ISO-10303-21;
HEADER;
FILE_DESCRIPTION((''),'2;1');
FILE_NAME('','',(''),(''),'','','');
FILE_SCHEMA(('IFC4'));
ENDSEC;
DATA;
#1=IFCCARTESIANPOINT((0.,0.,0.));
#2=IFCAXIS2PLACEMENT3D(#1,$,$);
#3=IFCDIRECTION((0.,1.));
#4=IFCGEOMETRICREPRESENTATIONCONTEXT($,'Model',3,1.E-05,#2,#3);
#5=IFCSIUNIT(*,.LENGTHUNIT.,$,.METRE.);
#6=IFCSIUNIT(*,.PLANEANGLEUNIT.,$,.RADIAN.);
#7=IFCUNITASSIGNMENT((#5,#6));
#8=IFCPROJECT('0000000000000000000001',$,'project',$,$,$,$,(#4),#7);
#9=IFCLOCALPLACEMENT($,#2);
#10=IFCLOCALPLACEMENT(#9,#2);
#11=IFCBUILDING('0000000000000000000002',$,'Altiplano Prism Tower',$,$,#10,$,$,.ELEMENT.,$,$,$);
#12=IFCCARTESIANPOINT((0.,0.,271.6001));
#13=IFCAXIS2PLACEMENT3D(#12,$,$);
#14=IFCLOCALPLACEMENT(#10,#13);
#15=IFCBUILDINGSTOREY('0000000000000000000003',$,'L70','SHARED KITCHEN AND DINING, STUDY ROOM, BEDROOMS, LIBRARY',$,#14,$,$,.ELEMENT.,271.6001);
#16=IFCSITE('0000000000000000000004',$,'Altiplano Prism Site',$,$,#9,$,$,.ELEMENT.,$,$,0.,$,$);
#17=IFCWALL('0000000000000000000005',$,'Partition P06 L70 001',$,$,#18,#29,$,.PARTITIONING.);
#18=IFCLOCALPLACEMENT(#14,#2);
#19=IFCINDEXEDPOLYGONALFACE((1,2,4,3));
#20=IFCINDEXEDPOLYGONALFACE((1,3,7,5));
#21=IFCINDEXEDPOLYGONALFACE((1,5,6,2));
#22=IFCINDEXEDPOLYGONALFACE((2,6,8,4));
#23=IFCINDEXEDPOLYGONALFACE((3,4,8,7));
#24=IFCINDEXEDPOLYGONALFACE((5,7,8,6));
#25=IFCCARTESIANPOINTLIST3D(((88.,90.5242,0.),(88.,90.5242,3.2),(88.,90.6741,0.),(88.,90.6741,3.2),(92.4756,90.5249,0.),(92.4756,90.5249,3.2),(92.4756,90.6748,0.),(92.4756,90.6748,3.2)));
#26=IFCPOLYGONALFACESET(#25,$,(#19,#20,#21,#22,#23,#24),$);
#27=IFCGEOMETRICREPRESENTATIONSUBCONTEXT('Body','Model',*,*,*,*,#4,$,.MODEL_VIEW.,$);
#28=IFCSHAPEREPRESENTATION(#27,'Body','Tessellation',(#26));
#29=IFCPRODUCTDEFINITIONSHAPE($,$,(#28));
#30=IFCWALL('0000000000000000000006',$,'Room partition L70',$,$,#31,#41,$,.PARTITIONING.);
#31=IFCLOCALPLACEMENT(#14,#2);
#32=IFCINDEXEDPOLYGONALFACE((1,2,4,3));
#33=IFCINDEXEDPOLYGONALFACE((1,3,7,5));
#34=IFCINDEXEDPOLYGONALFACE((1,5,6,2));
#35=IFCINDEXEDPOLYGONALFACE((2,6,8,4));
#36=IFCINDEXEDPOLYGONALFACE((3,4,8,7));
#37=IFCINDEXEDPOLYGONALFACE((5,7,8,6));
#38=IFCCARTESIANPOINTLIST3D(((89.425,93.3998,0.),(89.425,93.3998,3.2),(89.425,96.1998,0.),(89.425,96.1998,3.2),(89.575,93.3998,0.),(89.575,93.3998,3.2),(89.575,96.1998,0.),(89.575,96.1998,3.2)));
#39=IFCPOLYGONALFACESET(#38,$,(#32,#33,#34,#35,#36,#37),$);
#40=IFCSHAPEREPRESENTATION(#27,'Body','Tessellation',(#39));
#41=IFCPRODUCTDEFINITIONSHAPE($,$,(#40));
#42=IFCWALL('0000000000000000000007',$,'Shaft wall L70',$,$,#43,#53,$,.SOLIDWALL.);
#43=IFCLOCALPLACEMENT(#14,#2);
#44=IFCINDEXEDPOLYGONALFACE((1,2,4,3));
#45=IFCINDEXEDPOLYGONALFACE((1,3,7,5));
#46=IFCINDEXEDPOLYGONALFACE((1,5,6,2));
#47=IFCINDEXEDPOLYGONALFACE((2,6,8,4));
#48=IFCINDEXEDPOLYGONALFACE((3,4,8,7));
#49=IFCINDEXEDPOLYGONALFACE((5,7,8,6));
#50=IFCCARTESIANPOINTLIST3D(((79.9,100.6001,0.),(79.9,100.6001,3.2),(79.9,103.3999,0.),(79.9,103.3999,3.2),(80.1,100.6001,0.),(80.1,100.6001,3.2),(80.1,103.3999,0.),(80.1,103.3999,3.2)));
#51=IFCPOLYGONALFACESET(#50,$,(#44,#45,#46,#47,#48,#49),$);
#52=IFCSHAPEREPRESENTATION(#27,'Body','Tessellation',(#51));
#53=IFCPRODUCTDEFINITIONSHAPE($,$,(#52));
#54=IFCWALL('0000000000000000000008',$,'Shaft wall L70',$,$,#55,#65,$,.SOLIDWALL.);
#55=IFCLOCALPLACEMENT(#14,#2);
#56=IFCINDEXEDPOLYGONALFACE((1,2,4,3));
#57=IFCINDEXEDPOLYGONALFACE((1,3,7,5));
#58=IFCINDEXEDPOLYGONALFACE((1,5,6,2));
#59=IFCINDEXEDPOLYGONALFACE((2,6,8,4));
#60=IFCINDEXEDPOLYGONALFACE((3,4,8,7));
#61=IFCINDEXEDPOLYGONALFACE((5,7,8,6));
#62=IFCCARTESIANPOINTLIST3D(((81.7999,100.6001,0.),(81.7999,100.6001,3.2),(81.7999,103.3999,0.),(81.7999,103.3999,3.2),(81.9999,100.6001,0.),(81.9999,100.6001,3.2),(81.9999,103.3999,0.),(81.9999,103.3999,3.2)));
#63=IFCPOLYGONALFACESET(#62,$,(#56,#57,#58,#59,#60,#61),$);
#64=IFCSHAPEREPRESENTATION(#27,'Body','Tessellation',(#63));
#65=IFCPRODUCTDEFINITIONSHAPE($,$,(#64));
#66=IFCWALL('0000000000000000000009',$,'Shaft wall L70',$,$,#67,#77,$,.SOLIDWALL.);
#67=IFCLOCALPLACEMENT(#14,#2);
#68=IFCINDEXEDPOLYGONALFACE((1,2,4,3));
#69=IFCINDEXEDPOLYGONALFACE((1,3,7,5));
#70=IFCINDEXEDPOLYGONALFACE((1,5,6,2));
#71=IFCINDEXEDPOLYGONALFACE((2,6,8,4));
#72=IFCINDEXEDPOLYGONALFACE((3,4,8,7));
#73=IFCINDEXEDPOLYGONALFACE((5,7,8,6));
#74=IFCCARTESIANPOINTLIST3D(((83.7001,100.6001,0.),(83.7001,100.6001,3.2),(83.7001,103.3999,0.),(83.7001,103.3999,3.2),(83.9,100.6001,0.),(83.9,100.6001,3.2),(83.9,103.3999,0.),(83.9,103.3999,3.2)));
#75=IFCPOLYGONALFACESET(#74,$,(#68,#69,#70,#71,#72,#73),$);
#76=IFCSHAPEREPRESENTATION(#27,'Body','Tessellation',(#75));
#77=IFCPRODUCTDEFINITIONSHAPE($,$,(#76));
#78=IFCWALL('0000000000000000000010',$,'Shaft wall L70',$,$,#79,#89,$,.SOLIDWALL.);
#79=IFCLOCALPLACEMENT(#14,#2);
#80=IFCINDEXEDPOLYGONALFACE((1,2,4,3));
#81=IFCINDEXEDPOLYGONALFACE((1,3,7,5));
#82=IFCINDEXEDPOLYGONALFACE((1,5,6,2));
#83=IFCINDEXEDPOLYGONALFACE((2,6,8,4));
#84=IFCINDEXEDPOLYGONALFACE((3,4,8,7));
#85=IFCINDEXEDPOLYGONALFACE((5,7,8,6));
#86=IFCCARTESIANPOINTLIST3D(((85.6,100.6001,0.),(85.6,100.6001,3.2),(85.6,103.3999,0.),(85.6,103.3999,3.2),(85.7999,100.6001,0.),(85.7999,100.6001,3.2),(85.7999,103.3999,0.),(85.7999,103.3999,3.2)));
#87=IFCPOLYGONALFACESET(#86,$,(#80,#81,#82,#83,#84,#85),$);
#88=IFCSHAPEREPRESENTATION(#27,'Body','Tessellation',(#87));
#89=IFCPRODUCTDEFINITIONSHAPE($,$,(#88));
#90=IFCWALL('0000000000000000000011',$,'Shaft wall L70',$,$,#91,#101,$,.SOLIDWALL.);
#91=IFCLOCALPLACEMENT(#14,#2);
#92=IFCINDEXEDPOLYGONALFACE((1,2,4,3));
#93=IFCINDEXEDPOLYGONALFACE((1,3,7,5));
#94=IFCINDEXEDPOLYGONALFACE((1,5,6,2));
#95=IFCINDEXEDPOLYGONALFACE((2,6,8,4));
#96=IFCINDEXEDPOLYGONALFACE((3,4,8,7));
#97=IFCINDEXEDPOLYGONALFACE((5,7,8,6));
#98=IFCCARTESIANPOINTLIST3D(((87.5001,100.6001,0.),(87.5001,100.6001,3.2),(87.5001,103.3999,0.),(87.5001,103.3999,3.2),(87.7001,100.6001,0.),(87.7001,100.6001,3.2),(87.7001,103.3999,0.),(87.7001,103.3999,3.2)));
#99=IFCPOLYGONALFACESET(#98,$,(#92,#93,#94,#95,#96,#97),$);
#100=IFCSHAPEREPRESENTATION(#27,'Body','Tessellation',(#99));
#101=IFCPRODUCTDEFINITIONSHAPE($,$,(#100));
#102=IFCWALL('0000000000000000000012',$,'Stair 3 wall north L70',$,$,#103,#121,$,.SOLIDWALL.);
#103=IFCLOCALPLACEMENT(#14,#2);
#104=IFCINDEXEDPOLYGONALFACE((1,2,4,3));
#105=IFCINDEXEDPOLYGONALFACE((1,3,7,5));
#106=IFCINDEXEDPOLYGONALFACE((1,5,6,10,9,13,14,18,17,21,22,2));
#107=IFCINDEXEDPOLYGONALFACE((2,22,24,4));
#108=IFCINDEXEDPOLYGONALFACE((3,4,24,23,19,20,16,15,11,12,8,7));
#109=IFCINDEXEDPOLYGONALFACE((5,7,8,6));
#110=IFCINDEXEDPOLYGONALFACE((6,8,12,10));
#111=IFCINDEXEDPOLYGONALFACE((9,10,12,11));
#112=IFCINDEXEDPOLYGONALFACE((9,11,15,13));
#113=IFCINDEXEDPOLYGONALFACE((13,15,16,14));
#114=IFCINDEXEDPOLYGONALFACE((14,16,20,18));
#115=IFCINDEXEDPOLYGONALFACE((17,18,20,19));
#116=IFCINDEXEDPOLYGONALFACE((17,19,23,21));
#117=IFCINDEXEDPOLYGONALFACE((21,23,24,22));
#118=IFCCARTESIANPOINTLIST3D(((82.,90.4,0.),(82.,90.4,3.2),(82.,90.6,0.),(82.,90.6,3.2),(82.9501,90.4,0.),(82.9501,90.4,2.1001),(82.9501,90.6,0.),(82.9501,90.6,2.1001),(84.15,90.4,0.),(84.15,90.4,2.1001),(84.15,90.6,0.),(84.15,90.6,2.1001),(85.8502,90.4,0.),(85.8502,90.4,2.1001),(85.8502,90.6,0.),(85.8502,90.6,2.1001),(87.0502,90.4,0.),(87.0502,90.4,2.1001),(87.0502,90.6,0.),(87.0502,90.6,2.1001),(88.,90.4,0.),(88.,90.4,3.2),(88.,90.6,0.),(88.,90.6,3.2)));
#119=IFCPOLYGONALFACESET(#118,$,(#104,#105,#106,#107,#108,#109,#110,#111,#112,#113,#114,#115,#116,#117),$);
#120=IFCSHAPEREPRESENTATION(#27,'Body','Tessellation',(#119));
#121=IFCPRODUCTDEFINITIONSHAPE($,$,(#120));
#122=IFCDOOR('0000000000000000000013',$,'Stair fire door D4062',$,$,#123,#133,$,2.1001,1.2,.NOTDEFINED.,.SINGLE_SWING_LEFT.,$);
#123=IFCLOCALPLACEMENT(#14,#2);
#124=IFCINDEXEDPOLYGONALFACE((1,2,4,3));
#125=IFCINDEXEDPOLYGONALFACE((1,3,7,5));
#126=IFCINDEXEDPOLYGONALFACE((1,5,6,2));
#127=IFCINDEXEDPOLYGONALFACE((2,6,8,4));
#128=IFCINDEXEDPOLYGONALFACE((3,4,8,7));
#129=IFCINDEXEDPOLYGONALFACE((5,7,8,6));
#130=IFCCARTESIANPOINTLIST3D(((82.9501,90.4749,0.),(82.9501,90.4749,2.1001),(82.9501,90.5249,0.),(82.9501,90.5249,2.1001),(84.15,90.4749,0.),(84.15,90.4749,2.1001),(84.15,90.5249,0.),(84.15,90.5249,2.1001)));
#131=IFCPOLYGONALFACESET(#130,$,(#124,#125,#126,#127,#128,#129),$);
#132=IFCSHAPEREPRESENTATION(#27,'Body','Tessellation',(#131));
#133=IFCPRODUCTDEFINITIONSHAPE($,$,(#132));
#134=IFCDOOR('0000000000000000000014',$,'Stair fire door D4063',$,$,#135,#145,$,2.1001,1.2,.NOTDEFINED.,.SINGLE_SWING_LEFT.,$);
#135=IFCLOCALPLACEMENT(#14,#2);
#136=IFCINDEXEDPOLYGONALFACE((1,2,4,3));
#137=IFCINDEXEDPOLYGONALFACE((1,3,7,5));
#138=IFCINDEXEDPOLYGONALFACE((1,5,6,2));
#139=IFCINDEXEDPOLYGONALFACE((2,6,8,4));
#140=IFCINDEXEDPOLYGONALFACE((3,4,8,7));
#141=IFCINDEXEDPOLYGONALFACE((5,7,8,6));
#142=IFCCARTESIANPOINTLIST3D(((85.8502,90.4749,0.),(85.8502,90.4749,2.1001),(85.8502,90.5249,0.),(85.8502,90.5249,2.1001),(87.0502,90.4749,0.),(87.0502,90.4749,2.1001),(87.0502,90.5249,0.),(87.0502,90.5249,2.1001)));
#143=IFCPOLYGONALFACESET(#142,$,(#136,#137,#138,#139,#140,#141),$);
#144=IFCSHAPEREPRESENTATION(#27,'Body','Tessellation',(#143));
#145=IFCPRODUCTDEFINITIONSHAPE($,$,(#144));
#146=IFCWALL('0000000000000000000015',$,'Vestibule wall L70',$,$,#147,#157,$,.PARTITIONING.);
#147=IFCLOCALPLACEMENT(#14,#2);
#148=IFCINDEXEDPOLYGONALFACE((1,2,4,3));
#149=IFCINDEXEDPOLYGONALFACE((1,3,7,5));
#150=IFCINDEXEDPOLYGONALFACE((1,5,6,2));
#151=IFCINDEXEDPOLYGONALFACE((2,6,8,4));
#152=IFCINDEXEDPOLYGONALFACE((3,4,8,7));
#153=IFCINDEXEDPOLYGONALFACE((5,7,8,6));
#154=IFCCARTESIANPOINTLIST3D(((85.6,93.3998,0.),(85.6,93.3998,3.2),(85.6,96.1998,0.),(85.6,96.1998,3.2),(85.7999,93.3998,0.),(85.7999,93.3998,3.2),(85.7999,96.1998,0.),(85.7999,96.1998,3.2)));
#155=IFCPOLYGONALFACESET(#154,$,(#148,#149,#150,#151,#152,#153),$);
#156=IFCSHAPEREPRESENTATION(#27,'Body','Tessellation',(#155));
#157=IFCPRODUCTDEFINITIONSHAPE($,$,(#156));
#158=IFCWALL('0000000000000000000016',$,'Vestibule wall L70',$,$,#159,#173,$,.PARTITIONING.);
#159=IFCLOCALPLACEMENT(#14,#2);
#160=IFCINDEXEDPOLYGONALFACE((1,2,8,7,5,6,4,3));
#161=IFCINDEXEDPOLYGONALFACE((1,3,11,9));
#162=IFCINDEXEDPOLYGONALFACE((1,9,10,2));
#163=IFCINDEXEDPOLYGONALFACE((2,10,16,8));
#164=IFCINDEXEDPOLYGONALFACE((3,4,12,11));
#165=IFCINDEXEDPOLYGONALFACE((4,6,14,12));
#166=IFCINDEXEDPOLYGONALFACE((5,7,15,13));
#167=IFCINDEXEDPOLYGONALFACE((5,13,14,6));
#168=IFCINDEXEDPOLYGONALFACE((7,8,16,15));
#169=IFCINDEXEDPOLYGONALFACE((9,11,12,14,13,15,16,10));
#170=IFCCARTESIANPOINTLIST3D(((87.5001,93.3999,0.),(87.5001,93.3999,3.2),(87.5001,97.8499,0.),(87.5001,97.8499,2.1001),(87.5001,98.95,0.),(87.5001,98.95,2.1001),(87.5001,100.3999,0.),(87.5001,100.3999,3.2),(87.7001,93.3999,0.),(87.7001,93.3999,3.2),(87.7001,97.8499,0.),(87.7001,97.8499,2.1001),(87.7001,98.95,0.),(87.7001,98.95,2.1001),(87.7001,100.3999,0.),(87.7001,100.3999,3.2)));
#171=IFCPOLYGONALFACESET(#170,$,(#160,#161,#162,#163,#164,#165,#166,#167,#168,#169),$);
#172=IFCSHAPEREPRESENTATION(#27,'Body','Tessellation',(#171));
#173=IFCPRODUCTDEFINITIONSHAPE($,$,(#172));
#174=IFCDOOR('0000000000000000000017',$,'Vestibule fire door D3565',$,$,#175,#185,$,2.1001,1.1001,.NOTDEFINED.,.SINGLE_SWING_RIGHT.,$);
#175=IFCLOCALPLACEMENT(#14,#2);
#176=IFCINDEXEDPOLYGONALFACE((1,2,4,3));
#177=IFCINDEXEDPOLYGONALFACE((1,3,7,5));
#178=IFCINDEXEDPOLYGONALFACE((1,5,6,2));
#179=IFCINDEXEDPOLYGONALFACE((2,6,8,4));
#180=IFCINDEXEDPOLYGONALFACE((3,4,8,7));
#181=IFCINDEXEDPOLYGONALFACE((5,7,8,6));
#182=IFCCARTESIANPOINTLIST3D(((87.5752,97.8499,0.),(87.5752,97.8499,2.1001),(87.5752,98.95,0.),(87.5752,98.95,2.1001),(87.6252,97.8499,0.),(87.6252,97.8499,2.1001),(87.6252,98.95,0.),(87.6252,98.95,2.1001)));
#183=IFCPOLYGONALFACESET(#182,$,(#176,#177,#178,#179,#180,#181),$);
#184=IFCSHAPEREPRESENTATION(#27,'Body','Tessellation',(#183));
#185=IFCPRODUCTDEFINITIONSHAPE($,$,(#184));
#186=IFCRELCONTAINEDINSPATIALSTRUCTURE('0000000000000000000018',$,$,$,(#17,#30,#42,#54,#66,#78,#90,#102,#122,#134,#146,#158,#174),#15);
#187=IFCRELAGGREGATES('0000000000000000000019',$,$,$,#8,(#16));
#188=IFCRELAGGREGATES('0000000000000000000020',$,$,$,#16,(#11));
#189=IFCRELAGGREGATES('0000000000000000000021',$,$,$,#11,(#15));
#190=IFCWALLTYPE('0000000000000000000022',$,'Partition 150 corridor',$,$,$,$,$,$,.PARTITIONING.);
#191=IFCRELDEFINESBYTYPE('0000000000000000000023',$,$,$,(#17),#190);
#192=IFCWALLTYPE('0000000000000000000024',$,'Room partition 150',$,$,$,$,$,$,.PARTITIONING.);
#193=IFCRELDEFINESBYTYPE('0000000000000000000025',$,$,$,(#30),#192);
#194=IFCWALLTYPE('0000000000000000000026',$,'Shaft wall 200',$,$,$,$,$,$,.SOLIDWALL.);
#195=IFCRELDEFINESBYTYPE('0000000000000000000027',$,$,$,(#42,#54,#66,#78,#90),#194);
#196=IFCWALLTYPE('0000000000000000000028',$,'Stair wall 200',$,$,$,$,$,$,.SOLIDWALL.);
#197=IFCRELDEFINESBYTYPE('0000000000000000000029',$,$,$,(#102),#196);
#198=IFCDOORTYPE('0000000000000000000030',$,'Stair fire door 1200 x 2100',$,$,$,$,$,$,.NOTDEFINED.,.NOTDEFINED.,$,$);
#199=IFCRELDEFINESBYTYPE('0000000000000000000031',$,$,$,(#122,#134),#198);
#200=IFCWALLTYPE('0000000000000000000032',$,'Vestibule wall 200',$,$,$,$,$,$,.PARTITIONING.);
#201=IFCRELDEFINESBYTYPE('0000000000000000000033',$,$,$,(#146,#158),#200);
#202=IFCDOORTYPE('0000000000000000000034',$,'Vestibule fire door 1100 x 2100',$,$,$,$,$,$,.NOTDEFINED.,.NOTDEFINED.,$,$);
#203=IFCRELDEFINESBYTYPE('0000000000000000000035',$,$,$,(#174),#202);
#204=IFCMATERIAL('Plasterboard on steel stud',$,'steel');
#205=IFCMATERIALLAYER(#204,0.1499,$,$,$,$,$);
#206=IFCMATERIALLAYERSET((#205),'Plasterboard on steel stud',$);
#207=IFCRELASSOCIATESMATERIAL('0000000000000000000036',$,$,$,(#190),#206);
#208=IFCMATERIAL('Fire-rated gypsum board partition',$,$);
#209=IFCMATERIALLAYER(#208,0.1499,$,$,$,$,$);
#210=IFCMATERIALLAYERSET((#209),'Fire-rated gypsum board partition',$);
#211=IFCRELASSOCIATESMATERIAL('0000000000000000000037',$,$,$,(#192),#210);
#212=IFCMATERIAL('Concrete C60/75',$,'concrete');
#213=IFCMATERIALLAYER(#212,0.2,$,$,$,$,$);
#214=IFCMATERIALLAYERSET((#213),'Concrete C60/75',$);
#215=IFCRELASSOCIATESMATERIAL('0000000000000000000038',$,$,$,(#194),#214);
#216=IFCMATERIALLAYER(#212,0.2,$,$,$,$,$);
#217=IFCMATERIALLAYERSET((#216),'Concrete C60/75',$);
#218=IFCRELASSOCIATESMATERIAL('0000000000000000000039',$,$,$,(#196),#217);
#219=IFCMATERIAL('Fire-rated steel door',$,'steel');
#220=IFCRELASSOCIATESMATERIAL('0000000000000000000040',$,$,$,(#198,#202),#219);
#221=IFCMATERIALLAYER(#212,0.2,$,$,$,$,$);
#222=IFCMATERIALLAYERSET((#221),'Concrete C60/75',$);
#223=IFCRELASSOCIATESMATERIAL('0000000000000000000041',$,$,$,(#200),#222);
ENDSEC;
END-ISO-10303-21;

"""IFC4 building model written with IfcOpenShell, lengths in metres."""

from ifc_helpers import new_model, si_unit, direction, frame, frame_2d, origin, place, context, subcontext, project, spatial, rectangle, extrude, material, layer, layer_set, type_object, element, fill, save


model = new_model("IFC4")

# Units and contexts
model_context = context("Model", 3, precision=1e-05, world=origin(), true_north=direction((0.0, 1.0)))
body_context = subcontext(model_context, "Body", "Model", "MODEL_VIEW")
ifc_project = project(units=[si_unit("LENGTHUNIT", "METRE"), si_unit("PLANEANGLEUNIT", "RADIAN")], contexts=[model_context])

# Site, building, storey
site_placement = place(None, origin())
site = spatial("IfcSite", under=ifc_project, at=site_placement, Name="Altiplano Prism Site", CompositionType="ELEMENT", RefElevation=0.0)
building_placement = place(site_placement, origin())
building = spatial("IfcBuilding", under=site, at=building_placement, Name="Altiplano Prism Tower", CompositionType="ELEMENT")
storey_placement = place(building_placement, frame((0.0, 0.0, 271.6001)))
storey = spatial("IfcBuildingStorey", under=building, at=storey_placement, Name="L70", Description="SHARED KITCHEN AND DINING, STUDY ROOM, BEDROOMS, LIBRARY", CompositionType="ELEMENT", Elevation=271.6001)

# Walls
ifc_material_1 = material(Name="Plasterboard on steel stud", Category="steel")
ifc_layer_1 = layer(ifc_material_1, 0.1499)
ifc_layer_set_1 = layer_set([ifc_layer_1], Name="Plasterboard on steel stud")
wall_type_1 = type_object("IfcWallType", Name="Partition 150 corridor", PredefinedType="PARTITIONING", material=ifc_layer_set_1)
wall_1_placement = place(storey_placement, frame((88.0, 90.5991, 0.0), z_axis=(0.0, 0.0, 1.0), x_axis=(1.0, 0.000164, 0.0)))
element("IfcWall", 1, at=wall_1_placement, inside=storey, type_object=wall_type_1, Name="Partition P06 L70 001", PredefinedType="PARTITIONING", context=body_context, shape_type="SweptSolid", body=[
    extrude(rectangle(XDim=4.4756, YDim=0.1499, at=frame_2d((2.2378, 0.0))), origin(), (0.0, 0.0, 1.0), 3.2),
])
ifc_material_2 = material(Name="Fire-rated gypsum board partition")
ifc_layer_2 = layer(ifc_material_2, 0.1499)
ifc_layer_set_2 = layer_set([ifc_layer_2], Name="Fire-rated gypsum board partition")
wall_type_2 = type_object("IfcWallType", Name="Room partition 150", PredefinedType="PARTITIONING", material=ifc_layer_set_2)
wall_2_placement = place(storey_placement, frame((89.5, 93.3999, 0.0), z_axis=(0.0, 0.0, 1.0), x_axis=(0.0, 1.0, 0.0)))
element("IfcWall", 2, at=wall_2_placement, inside=storey, type_object=wall_type_2, Name="Room partition L70", PredefinedType="PARTITIONING", context=body_context, shape_type="SweptSolid", body=[
    extrude(rectangle(XDim=2.8, YDim=0.1499, at=frame_2d((1.3999, 0.0))), origin(), (0.0, 0.0, 1.0), 3.2),
])
ifc_material_3 = material(Name="Concrete C60/75", Category="concrete")
ifc_layer_3 = layer(ifc_material_3, 0.2)
ifc_layer_set_3 = layer_set([ifc_layer_3], Name="Concrete C60/75")
wall_type_3 = type_object("IfcWallType", Name="Shaft wall 200", PredefinedType="SOLIDWALL", material=ifc_layer_set_3)
for number, where, z_axis, x_axis, name in (
    (3, (80.0, 100.6001, 0.0), (0.0, 0.0, 1.0), (0.0, 1.0, 0.0), "Shaft wall L70"),
    (4, (81.8999, 100.6001, 0.0), (0.0, 0.0, 1.0), (0.0, 1.0, 0.0), "Shaft wall L70"),
    (5, (83.8, 100.6001, 0.0), (0.0, 0.0, 1.0), (0.0, 1.0, 0.0), "Shaft wall L70"),
    (6, (85.7, 100.6001, 0.0), (0.0, 0.0, 1.0), (0.0, 1.0, 0.0), "Shaft wall L70"),
    (7, (87.6001, 100.6001, 0.0), (0.0, 0.0, 1.0), (0.0, 1.0, 0.0), "Shaft wall L70"),
):
    element("IfcWall", number, at=place(storey_placement, frame(where, z_axis=z_axis, x_axis=x_axis)), inside=storey, type_object=wall_type_3, Name=name, PredefinedType="SOLIDWALL", context=body_context, shape_type="SweptSolid", body=[
        extrude(rectangle(XDim=2.7998, YDim=0.2, at=frame_2d((1.3999, 0.0))), origin(), (0.0, 0.0, 1.0), 3.2),
    ])

# Wall, openings, doors
ifc_layer_4 = layer(ifc_material_3, 0.2)
ifc_layer_set_4 = layer_set([ifc_layer_4], Name="Concrete C60/75")
wall_type_4 = type_object("IfcWallType", Name="Stair wall 200", PredefinedType="SOLIDWALL", material=ifc_layer_set_4)
wall_3_placement = place(storey_placement, frame((82.0, 90.5, 0.0), z_axis=(0.0, 0.0, 1.0), x_axis=(1.0, 0.0, 0.0)))
wall_3 = element("IfcWall", 8, at=wall_3_placement, inside=storey, type_object=wall_type_4, Name="Stair 3 wall north L70", PredefinedType="SOLIDWALL", context=body_context, shape_type="SweptSolid", body=[
    extrude(rectangle(XDim=6.0, YDim=0.2, at=frame_2d((3.0, 0.0))), origin(), (0.0, 0.0, 1.0), 3.2),
])
opening_1_placement = place(wall_3_placement, frame((0.95, 0.0, 0.0)))
opening_1 = element("IfcOpeningElement", 9, at=opening_1_placement, cuts=wall_3, PredefinedType="OPENING", context=body_context, shape_type="SweptSolid", body=[
    extrude(rectangle(XDim=1.2, YDim=2.1001, at=frame_2d((0.6001, 1.05))), frame((0.0, 0.1104, 0.0), z_axis=(0.0, -1.0, 0.0), x_axis=(1.0, 0.0, 0.0)), (0.0, 0.0, 1.0), 0.2209),
])
opening_2_placement = place(wall_3_placement, frame((3.8501, 0.0, 0.0)))
opening_2 = element("IfcOpeningElement", 10, at=opening_2_placement, cuts=wall_3, PredefinedType="OPENING", context=body_context, shape_type="SweptSolid", body=[
    extrude(rectangle(XDim=1.2, YDim=2.1001, at=frame_2d((0.6001, 1.05))), frame((0.0, 0.1104, 0.0), z_axis=(0.0, -1.0, 0.0), x_axis=(1.0, 0.0, 0.0)), (0.0, 0.0, 1.0), 0.2209),
])
ifc_material_4 = material(Name="Fire-rated steel door", Category="steel")
door_type_1 = type_object("IfcDoorType", Name="Stair fire door 1200 x 2100", OperationType="NOTDEFINED", PredefinedType="NOTDEFINED", material=ifc_material_4)
door_1_placement = place(opening_1_placement, origin())
door_1 = element("IfcDoor", 11, at=door_1_placement, inside=storey, type_object=door_type_1, Name="Stair fire door D4062", OperationType="SINGLE_SWING_LEFT", OverallHeight=2.1001, OverallWidth=1.2, PredefinedType="NOTDEFINED", context=body_context, shape_type="SweptSolid", body=[
    extrude(rectangle(XDim=1.2, YDim=2.1001, at=frame_2d((0.6001, 1.05))), frame((0.0, 0.0249, 0.0), z_axis=(0.0, -1.0, 0.0), x_axis=(1.0, 0.0, 0.0)), (0.0, 0.0, 1.0), 0.05),
])
fill(opening_1, door_1)
door_2_placement = place(opening_2_placement, origin())
door_2 = element("IfcDoor", 12, at=door_2_placement, inside=storey, type_object=door_type_1, Name="Stair fire door D4063", OperationType="SINGLE_SWING_LEFT", OverallHeight=2.1001, OverallWidth=1.2, PredefinedType="NOTDEFINED", context=body_context, shape_type="SweptSolid", body=[
    extrude(rectangle(XDim=1.2, YDim=2.1001, at=frame_2d((0.6001, 1.05))), frame((0.0, 0.0249, 0.0), z_axis=(0.0, -1.0, 0.0), x_axis=(1.0, 0.0, 0.0)), (0.0, 0.0, 1.0), 0.05),
])
fill(opening_2, door_2)

# Wall
ifc_layer_5 = layer(ifc_material_3, 0.2)
ifc_layer_set_5 = layer_set([ifc_layer_5], Name="Concrete C60/75")
wall_type_5 = type_object("IfcWallType", Name="Vestibule wall 200", PredefinedType="PARTITIONING", material=ifc_layer_set_5)
wall_4_placement = place(storey_placement, frame((85.7, 93.3999, 0.0), z_axis=(0.0, 0.0, 1.0), x_axis=(0.0, 1.0, 0.0)))
element("IfcWall", 13, at=wall_4_placement, inside=storey, type_object=wall_type_5, Name="Vestibule wall L70", PredefinedType="PARTITIONING", context=body_context, shape_type="SweptSolid", body=[
    extrude(rectangle(XDim=2.8, YDim=0.2, at=frame_2d((1.3999, 0.0))), origin(), (0.0, 0.0, 1.0), 3.2),
])

# Wall, opening, door
wall_5_placement = place(storey_placement, frame((87.6001, 93.3999, 0.0), z_axis=(0.0, 0.0, 1.0), x_axis=(0.0, 1.0, 0.0)))
wall_5 = element("IfcWall", 14, at=wall_5_placement, inside=storey, type_object=wall_type_5, Name="Vestibule wall L70", PredefinedType="PARTITIONING", context=body_context, shape_type="SweptSolid", body=[
    extrude(rectangle(XDim=7.0, YDim=0.2, at=frame_2d((3.5, 0.0))), origin(), (0.0, 0.0, 1.0), 3.2),
])
opening_3_placement = place(wall_5_placement, frame((4.45, 0.0, 0.0)))
opening_3 = element("IfcOpeningElement", 15, at=opening_3_placement, cuts=wall_5, PredefinedType="OPENING", context=body_context, shape_type="SweptSolid", body=[
    extrude(rectangle(XDim=1.1001, YDim=2.1001, at=frame_2d((0.55, 1.05))), frame((0.0, 0.1104, 0.0), z_axis=(0.0, -1.0, 0.0), x_axis=(1.0, 0.0, 0.0)), (0.0, 0.0, 1.0), 0.2209),
])
door_type_2 = type_object("IfcDoorType", Name="Vestibule fire door 1100 x 2100", OperationType="NOTDEFINED", PredefinedType="NOTDEFINED", material=ifc_material_4)
door_3_placement = place(opening_3_placement, origin())
door_3 = element("IfcDoor", 16, at=door_3_placement, inside=storey, type_object=door_type_2, Name="Vestibule fire door D3565", OperationType="SINGLE_SWING_RIGHT", OverallHeight=2.1001, OverallWidth=1.1001, PredefinedType="NOTDEFINED", context=body_context, shape_type="SweptSolid", body=[
    extrude(rectangle(XDim=1.1001, YDim=2.1001, at=frame_2d((0.55, 1.05))), frame((0.0, 0.0249, 0.0), z_axis=(0.0, -1.0, 0.0), x_axis=(1.0, 0.0, 0.0)), (0.0, 0.0, 1.0), 0.05),
])
fill(opening_3, door_3)

save(model, "model.ifc")
